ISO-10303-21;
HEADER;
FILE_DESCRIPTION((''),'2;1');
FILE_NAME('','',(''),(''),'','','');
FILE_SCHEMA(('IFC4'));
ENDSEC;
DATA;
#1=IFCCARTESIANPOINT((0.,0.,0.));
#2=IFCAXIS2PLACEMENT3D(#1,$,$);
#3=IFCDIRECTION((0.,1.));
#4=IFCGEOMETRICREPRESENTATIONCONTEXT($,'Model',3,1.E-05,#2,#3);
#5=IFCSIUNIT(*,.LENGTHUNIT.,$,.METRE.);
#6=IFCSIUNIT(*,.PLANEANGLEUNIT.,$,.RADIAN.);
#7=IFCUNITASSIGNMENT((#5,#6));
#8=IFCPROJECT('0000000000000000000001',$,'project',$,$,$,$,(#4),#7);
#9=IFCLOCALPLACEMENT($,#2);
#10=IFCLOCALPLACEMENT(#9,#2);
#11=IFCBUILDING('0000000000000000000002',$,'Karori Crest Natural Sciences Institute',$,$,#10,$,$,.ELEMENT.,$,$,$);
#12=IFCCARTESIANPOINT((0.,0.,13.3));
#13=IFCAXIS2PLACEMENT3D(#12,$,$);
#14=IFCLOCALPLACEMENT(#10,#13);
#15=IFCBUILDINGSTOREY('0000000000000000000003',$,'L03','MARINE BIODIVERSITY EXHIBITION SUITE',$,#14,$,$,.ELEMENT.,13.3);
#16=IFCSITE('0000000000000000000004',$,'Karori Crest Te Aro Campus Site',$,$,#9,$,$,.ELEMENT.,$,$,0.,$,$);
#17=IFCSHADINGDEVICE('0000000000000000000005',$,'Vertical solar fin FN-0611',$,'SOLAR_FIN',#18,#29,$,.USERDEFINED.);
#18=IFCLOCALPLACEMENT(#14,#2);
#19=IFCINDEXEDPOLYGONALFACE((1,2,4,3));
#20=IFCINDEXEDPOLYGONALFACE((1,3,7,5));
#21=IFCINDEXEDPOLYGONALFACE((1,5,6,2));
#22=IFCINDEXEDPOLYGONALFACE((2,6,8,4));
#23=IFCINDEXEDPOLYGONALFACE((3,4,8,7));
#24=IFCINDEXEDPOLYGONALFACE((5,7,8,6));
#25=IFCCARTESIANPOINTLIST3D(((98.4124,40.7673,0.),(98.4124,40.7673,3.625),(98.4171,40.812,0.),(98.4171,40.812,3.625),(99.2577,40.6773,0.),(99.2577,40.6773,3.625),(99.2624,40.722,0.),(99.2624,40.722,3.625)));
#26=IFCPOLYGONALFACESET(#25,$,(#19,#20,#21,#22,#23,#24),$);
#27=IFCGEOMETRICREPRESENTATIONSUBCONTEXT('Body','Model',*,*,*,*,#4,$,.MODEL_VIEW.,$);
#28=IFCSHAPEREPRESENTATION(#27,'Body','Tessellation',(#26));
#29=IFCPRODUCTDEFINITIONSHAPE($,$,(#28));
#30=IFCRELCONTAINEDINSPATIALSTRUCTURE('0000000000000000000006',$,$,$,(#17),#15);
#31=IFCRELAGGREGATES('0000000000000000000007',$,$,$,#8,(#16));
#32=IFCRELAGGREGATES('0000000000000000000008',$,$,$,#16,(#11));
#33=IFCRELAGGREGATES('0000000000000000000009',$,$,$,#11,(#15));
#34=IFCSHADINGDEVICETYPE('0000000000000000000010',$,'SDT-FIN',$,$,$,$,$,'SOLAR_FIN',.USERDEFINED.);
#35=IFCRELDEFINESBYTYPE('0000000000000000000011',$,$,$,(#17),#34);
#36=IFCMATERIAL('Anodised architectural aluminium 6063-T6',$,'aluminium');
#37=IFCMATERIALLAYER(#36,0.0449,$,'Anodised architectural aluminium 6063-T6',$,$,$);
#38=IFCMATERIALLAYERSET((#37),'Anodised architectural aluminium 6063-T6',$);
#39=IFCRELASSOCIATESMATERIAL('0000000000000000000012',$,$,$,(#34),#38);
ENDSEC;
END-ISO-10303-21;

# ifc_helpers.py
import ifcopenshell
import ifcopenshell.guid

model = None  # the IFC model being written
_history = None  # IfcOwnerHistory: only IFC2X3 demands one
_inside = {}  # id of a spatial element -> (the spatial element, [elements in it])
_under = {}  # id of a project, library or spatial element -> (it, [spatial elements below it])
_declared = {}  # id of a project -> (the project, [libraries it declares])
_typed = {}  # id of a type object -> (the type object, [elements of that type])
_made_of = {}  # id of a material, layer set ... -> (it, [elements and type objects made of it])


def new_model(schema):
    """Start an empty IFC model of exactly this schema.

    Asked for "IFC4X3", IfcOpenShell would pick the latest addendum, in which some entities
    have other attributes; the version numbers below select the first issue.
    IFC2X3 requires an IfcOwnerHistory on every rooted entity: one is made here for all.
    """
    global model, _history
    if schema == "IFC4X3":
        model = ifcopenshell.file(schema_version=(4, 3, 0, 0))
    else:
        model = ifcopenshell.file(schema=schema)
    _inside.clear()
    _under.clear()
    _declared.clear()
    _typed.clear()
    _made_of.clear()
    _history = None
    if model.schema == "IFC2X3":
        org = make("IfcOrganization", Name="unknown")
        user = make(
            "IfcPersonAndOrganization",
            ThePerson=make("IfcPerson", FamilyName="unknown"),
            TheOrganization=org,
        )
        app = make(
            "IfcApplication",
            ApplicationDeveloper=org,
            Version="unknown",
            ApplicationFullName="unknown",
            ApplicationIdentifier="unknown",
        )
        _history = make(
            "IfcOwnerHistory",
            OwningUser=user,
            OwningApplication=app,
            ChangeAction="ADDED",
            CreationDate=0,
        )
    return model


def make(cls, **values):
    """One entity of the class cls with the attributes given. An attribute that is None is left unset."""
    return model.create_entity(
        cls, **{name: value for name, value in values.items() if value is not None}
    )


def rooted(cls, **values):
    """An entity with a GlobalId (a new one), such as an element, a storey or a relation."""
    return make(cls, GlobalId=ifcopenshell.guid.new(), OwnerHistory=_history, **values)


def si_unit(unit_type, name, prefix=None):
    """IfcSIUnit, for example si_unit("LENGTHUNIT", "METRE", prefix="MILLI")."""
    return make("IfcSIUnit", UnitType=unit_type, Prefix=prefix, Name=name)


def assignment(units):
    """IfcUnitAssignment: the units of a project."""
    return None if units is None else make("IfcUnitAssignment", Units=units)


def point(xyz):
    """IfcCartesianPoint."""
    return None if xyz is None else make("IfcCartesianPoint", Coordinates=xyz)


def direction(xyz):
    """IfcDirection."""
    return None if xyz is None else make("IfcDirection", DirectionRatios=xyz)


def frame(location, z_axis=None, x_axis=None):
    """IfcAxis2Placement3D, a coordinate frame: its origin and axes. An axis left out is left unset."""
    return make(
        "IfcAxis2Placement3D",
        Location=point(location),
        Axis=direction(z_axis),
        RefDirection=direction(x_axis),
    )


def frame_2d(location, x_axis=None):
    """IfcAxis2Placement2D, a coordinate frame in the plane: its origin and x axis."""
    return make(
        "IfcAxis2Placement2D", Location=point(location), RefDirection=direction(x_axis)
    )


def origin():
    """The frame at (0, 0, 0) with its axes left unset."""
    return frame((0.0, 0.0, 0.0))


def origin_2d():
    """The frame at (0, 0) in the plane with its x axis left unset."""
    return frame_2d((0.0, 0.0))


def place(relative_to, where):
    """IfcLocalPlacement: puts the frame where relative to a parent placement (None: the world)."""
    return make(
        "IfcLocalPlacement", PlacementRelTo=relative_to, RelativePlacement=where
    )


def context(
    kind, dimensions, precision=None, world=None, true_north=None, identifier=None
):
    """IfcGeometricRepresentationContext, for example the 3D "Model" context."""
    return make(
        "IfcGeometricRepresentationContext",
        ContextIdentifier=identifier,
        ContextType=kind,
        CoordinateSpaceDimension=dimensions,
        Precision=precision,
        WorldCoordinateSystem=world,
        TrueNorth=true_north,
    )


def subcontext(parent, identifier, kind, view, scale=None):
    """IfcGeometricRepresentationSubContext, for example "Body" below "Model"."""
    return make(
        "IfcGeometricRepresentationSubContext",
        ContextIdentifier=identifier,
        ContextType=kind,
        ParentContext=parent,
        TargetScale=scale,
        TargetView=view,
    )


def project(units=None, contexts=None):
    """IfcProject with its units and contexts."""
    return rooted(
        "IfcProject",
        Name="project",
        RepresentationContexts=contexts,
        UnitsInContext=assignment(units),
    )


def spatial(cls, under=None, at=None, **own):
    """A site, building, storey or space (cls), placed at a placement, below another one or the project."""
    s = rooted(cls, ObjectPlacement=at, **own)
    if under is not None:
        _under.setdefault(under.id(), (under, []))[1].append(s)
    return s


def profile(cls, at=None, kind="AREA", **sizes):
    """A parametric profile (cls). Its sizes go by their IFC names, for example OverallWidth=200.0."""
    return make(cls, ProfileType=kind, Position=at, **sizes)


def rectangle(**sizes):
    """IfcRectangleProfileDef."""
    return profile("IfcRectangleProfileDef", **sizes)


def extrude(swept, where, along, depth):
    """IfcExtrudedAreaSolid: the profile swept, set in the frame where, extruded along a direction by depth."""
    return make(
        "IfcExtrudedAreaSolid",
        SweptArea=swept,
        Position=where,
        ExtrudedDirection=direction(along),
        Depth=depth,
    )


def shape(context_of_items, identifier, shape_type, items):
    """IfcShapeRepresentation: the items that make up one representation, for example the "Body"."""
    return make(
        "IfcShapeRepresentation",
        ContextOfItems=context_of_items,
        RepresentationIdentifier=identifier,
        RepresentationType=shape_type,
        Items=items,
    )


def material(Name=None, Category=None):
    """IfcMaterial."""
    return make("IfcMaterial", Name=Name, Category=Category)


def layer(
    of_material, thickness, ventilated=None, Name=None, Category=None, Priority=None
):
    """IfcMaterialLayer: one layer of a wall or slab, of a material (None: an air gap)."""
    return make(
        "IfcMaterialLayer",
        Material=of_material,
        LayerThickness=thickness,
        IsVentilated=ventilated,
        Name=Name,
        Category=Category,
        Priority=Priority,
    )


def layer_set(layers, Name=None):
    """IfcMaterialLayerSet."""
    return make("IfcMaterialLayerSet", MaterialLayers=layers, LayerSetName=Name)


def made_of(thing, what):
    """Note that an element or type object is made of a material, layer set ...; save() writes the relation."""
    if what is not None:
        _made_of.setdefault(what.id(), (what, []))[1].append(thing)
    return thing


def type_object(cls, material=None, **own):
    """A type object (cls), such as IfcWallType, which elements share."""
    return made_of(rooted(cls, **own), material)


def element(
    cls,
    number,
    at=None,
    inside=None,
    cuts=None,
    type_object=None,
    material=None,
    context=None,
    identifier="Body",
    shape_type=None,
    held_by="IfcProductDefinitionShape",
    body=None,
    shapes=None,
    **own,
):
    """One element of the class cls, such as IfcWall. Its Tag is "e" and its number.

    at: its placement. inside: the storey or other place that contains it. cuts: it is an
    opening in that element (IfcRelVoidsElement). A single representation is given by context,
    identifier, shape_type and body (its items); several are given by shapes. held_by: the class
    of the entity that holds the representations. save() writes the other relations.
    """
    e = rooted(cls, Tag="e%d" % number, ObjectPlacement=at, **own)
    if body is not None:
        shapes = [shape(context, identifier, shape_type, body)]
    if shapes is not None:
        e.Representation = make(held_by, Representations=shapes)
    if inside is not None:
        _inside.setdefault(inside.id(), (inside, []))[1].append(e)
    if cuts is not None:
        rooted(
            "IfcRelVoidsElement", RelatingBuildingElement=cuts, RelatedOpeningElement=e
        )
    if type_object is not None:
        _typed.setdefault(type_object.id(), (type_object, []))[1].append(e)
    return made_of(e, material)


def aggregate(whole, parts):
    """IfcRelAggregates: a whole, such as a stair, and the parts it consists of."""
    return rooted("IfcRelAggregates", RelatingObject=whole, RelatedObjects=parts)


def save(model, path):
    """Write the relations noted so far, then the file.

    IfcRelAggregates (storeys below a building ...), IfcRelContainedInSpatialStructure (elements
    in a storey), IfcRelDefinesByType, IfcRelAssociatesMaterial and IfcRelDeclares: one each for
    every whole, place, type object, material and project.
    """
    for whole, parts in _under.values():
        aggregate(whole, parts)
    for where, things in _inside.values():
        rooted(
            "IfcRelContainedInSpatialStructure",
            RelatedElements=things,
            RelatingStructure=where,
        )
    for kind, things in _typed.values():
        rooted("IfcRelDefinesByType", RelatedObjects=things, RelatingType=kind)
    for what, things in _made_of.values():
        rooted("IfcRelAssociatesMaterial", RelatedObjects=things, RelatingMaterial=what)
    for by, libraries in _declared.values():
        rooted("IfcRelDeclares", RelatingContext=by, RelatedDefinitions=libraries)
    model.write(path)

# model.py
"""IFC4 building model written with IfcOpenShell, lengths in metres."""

from ifc_helpers import new_model, si_unit, direction, frame, origin, origin_2d, place, context, subcontext, project, spatial, rectangle, extrude, material, layer, layer_set, type_object, element, save


model = new_model("IFC4")

# Units and contexts
model_context = context("Model", 3, precision=1e-05, world=origin(), true_north=direction((0.0, 1.0)))
body_context = subcontext(model_context, "Body", "Model", "MODEL_VIEW")
ifc_project = project(units=[si_unit("LENGTHUNIT", "METRE"), si_unit("PLANEANGLEUNIT", "RADIAN")], contexts=[model_context])

# Site, building, storey
site_placement = place(None, origin())
site = spatial("IfcSite", under=ifc_project, at=site_placement, Name="Karori Crest Te Aro Campus Site", CompositionType="ELEMENT", RefElevation=0.0)
building_placement = place(site_placement, origin())
building = spatial("IfcBuilding", under=site, at=building_placement, Name="Karori Crest Natural Sciences Institute", CompositionType="ELEMENT")
storey_placement = place(building_placement, frame((0.0, 0.0, 13.3)))
storey = spatial("IfcBuildingStorey", under=building, at=storey_placement, Name="L03", Description="MARINE BIODIVERSITY EXHIBITION SUITE", CompositionType="ELEMENT", Elevation=13.3)

# Shared definitions
ifc_material_1 = material(Name="Anodised architectural aluminium 6063-T6", Category="aluminium")

# Shading device
ifc_layer_1 = layer(ifc_material_1, 0.0449, Name="Anodised architectural aluminium 6063-T6")
ifc_layer_set_1 = layer_set([ifc_layer_1], Name="Anodised architectural aluminium 6063-T6")
shading_device_type = type_object("IfcShadingDeviceType", Name="SDT-FIN", ElementType="SOLAR_FIN", PredefinedType="USERDEFINED", material=ifc_layer_set_1)
for number, where, z_axis, x_axis, name in (
    (1, (98.8374, 40.7446, 0.0), (0.0, 0.0, 1.0), (0.994378, -0.105886, 0.0), "Vertical solar fin FN-0611"),
):
    element("IfcShadingDevice", number, at=place(storey_placement, frame(where, z_axis=z_axis, x_axis=x_axis)), inside=storey, type_object=shading_device_type, Name=name, ObjectType="SOLAR_FIN", PredefinedType="USERDEFINED", context=body_context, shape_type="SweptSolid", body=[
        extrude(rectangle(XDim=0.8501, YDim=0.0449, at=origin_2d()), origin(), (0.0, 0.0, 1.0), 3.625),
    ])

save(model, "model.ifc")
